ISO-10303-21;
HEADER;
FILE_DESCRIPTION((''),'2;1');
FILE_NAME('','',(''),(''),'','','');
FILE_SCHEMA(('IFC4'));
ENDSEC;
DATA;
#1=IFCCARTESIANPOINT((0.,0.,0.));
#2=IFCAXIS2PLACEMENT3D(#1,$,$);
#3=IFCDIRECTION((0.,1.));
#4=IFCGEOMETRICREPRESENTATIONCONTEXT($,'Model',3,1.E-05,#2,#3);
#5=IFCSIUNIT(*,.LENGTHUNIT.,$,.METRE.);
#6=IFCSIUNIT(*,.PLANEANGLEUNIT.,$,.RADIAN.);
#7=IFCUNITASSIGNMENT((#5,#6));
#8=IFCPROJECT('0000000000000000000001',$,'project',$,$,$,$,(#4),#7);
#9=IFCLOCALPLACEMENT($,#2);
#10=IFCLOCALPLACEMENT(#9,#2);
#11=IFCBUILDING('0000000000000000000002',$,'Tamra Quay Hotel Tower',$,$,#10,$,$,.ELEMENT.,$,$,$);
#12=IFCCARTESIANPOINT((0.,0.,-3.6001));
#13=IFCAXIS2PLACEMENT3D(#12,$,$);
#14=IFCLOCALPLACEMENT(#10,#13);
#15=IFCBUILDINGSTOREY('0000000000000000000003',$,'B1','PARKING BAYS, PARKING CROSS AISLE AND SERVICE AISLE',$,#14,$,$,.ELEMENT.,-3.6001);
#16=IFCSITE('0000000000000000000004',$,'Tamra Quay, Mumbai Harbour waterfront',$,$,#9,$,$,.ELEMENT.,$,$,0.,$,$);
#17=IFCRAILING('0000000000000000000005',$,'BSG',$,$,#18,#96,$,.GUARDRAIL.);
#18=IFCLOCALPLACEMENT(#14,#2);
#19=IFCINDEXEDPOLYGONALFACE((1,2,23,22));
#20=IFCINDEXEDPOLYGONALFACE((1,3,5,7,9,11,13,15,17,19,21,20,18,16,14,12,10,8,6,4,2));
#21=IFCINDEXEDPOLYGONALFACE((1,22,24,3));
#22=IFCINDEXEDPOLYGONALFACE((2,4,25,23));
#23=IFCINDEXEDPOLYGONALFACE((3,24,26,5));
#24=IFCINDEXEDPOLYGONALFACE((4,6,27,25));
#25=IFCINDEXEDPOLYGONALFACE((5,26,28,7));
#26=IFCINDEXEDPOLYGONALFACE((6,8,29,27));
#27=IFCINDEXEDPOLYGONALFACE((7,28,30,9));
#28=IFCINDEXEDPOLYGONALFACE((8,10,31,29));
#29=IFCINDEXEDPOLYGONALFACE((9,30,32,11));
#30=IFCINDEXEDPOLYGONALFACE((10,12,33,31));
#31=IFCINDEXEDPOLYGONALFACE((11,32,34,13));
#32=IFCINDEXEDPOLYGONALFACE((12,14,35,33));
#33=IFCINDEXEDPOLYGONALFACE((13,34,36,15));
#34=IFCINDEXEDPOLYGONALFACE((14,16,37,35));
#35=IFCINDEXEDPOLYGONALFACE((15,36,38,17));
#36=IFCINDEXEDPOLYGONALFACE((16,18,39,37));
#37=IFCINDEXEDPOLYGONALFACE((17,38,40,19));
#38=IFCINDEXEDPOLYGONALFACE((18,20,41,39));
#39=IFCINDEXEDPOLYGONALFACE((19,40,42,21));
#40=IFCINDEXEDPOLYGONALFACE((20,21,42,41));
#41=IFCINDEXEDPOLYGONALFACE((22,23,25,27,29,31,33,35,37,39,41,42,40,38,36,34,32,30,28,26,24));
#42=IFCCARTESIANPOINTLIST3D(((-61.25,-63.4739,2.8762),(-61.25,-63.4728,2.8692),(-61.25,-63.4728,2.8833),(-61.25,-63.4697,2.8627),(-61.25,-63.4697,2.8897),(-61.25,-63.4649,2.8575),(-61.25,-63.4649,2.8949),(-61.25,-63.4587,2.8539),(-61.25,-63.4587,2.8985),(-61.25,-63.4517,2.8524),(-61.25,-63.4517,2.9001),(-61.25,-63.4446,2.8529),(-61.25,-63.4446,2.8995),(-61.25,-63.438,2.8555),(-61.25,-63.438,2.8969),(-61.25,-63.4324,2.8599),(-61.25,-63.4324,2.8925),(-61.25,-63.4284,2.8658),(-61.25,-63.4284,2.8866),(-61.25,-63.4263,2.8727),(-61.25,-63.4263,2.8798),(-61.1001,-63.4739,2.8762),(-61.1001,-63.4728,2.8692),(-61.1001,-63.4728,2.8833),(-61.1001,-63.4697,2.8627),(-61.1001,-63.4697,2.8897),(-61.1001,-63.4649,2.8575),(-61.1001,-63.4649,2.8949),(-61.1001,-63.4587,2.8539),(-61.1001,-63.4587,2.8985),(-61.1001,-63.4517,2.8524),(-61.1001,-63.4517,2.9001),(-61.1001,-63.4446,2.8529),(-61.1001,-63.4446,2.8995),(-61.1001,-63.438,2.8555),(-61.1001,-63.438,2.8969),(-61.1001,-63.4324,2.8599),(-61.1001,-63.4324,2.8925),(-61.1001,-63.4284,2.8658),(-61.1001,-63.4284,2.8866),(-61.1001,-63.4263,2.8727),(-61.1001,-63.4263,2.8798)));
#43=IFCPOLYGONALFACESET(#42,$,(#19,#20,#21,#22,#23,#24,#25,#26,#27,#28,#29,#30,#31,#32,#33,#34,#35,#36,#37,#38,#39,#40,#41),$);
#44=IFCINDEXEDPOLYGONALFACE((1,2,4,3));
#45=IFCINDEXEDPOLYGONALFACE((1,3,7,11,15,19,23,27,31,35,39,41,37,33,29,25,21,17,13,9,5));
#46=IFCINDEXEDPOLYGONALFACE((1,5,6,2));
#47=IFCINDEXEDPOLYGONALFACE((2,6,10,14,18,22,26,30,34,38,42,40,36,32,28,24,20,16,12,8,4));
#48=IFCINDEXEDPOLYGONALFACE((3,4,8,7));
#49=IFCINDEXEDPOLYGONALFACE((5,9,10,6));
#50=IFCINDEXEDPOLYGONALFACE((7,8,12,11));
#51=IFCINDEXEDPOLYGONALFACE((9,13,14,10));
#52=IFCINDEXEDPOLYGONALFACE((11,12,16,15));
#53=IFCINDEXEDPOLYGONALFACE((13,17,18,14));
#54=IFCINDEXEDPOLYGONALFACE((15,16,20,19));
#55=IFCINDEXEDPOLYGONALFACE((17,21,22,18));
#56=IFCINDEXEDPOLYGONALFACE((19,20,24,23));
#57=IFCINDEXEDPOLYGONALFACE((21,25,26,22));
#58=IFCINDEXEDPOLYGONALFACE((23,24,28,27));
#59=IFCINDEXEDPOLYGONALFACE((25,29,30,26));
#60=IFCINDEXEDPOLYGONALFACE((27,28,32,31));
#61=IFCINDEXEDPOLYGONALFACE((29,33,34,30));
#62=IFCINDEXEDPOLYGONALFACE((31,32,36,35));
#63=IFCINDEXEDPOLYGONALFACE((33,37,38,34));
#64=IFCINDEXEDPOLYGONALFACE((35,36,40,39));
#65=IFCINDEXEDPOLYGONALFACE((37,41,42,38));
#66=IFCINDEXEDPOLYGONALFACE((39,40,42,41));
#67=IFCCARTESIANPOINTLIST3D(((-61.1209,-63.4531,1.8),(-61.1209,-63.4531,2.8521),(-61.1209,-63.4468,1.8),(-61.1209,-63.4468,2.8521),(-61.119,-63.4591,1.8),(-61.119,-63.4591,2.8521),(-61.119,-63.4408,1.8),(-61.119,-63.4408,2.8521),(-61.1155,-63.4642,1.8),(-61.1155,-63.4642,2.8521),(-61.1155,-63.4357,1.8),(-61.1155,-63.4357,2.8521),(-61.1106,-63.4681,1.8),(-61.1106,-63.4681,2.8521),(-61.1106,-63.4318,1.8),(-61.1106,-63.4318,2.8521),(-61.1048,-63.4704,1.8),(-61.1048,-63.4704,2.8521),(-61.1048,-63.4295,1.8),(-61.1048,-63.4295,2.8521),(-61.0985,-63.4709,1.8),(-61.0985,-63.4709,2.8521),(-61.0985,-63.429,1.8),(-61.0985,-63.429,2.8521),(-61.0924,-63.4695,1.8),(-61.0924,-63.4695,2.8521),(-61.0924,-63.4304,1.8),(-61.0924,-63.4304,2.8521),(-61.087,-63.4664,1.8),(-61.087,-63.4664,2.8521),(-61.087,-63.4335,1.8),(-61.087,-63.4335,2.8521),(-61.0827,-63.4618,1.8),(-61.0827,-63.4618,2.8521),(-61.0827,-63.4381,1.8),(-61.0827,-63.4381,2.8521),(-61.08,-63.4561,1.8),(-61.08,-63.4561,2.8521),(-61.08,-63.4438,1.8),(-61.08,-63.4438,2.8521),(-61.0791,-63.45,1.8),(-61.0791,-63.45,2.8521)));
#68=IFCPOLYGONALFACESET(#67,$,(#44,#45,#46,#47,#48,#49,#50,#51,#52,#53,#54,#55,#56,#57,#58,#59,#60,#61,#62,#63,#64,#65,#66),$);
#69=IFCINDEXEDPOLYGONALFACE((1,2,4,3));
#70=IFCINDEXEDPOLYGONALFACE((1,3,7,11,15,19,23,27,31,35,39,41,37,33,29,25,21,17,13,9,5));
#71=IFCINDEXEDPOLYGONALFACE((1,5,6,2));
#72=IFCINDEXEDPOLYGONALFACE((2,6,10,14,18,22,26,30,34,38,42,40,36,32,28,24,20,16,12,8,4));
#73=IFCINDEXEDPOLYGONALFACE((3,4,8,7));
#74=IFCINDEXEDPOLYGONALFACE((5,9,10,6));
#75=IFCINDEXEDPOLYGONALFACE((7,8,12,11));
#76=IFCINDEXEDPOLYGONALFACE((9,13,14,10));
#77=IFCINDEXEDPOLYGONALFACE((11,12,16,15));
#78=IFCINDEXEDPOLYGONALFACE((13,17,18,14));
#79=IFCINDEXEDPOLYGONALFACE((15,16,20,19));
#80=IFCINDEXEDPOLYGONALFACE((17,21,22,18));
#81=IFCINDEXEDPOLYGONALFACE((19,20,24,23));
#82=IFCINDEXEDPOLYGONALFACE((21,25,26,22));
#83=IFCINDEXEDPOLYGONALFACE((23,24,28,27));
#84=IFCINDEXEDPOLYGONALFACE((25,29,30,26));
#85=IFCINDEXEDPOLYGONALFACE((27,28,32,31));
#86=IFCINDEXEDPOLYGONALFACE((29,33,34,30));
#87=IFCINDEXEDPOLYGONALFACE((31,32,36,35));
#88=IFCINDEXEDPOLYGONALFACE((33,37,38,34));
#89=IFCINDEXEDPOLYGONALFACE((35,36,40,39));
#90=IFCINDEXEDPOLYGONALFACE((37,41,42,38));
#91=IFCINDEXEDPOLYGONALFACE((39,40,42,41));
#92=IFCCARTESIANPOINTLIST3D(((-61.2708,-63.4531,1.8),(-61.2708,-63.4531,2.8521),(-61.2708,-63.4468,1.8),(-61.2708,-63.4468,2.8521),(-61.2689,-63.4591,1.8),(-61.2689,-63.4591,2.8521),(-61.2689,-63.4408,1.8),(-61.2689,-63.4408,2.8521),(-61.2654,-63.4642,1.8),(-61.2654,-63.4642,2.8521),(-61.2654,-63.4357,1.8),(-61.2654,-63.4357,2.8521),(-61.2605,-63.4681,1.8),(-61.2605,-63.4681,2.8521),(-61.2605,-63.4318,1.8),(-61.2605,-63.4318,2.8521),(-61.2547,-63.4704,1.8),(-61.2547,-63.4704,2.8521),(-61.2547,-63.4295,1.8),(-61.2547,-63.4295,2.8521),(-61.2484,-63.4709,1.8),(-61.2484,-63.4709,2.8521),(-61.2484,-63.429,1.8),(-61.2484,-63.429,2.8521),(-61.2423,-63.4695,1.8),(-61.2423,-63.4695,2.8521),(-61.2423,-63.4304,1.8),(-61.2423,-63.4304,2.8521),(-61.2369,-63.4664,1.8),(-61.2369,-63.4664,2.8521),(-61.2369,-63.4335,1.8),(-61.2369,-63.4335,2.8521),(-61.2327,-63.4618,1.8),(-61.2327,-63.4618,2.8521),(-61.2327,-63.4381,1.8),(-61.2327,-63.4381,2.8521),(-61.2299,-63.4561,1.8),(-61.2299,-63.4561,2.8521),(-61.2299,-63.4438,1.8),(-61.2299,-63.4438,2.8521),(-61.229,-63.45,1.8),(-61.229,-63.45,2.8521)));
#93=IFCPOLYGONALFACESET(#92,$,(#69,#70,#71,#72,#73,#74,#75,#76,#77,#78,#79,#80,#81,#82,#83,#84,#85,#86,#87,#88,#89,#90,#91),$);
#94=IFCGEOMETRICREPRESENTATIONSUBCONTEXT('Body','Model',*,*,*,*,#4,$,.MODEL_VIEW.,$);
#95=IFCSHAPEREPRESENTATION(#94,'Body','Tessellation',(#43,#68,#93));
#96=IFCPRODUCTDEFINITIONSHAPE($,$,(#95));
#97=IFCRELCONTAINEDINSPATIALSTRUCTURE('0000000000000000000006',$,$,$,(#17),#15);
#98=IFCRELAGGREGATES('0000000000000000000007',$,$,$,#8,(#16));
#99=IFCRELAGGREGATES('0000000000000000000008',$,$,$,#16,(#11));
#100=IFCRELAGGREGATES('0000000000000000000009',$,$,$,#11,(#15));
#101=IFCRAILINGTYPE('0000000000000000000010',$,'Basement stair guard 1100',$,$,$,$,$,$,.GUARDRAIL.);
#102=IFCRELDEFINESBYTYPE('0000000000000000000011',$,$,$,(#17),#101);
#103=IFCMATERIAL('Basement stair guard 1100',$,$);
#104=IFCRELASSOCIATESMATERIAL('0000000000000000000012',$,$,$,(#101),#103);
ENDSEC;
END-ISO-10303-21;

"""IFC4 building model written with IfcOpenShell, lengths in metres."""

from ifc_helpers import new_model, si_unit, direction, frame, origin, origin_2d, place, context, subcontext, project, spatial, circle, extrude, material, type_object, element, save


model = new_model("IFC4")

# Units and contexts
model_context = context("Model", 3, precision=1e-05, world=origin(), true_north=direction((0.0, 1.0)))
body_context = subcontext(model_context, "Body", "Model", "MODEL_VIEW")
ifc_project = project(units=[si_unit("LENGTHUNIT", "METRE"), si_unit("PLANEANGLEUNIT", "RADIAN")], contexts=[model_context])

# Site, building, storey
site_placement = place(None, origin())
site = spatial("IfcSite", under=ifc_project, at=site_placement, Name="Tamra Quay, Mumbai Harbour waterfront", CompositionType="ELEMENT", RefElevation=0.0)
building_placement = place(site_placement, origin())
building = spatial("IfcBuilding", under=site, at=building_placement, Name="Tamra Quay Hotel Tower", CompositionType="ELEMENT")
storey_placement = place(building_placement, frame((0.0, 0.0, -3.6001)))
storey = spatial("IfcBuildingStorey", under=building, at=storey_placement, Name="B1", Description="PARKING BAYS, PARKING CROSS AISLE AND SERVICE AISLE", CompositionType="ELEMENT", Elevation=-3.6001)

# Railing
ifc_material_1 = material(Name="Basement stair guard 1100")
railing_type_1 = type_object("IfcRailingType", Name="Basement stair guard 1100", PredefinedType="GUARDRAIL", material=ifc_material_1)
railing_1_placement = place(storey_placement, frame((-61.1001, -63.45, 1.8)))
element("IfcRailing", 1, at=railing_1_placement, inside=storey, type_object=railing_type_1, Name="BSG", PredefinedType="GUARDRAIL", context=body_context, shape_type="SweptSolid", body=[
    extrude(circle(Radius=0.0239, at=origin_2d()), frame((0.0, 0.0, 1.0762), z_axis=(-1.0, 0.0, 0.0), x_axis=(0.0, -1.0, 0.0)), (0.0, 0.0, 1.0), 0.1499),
    extrude(circle(Radius=0.021, at=origin_2d()), origin(), (0.0, 0.0, 1.0), 1.052),
    extrude(circle(Radius=0.021, at=origin_2d()), frame((-0.1499, 0.0, 0.0)), (0.0, 0.0, 1.0), 1.052),
])

save(model, "model.ifc")
